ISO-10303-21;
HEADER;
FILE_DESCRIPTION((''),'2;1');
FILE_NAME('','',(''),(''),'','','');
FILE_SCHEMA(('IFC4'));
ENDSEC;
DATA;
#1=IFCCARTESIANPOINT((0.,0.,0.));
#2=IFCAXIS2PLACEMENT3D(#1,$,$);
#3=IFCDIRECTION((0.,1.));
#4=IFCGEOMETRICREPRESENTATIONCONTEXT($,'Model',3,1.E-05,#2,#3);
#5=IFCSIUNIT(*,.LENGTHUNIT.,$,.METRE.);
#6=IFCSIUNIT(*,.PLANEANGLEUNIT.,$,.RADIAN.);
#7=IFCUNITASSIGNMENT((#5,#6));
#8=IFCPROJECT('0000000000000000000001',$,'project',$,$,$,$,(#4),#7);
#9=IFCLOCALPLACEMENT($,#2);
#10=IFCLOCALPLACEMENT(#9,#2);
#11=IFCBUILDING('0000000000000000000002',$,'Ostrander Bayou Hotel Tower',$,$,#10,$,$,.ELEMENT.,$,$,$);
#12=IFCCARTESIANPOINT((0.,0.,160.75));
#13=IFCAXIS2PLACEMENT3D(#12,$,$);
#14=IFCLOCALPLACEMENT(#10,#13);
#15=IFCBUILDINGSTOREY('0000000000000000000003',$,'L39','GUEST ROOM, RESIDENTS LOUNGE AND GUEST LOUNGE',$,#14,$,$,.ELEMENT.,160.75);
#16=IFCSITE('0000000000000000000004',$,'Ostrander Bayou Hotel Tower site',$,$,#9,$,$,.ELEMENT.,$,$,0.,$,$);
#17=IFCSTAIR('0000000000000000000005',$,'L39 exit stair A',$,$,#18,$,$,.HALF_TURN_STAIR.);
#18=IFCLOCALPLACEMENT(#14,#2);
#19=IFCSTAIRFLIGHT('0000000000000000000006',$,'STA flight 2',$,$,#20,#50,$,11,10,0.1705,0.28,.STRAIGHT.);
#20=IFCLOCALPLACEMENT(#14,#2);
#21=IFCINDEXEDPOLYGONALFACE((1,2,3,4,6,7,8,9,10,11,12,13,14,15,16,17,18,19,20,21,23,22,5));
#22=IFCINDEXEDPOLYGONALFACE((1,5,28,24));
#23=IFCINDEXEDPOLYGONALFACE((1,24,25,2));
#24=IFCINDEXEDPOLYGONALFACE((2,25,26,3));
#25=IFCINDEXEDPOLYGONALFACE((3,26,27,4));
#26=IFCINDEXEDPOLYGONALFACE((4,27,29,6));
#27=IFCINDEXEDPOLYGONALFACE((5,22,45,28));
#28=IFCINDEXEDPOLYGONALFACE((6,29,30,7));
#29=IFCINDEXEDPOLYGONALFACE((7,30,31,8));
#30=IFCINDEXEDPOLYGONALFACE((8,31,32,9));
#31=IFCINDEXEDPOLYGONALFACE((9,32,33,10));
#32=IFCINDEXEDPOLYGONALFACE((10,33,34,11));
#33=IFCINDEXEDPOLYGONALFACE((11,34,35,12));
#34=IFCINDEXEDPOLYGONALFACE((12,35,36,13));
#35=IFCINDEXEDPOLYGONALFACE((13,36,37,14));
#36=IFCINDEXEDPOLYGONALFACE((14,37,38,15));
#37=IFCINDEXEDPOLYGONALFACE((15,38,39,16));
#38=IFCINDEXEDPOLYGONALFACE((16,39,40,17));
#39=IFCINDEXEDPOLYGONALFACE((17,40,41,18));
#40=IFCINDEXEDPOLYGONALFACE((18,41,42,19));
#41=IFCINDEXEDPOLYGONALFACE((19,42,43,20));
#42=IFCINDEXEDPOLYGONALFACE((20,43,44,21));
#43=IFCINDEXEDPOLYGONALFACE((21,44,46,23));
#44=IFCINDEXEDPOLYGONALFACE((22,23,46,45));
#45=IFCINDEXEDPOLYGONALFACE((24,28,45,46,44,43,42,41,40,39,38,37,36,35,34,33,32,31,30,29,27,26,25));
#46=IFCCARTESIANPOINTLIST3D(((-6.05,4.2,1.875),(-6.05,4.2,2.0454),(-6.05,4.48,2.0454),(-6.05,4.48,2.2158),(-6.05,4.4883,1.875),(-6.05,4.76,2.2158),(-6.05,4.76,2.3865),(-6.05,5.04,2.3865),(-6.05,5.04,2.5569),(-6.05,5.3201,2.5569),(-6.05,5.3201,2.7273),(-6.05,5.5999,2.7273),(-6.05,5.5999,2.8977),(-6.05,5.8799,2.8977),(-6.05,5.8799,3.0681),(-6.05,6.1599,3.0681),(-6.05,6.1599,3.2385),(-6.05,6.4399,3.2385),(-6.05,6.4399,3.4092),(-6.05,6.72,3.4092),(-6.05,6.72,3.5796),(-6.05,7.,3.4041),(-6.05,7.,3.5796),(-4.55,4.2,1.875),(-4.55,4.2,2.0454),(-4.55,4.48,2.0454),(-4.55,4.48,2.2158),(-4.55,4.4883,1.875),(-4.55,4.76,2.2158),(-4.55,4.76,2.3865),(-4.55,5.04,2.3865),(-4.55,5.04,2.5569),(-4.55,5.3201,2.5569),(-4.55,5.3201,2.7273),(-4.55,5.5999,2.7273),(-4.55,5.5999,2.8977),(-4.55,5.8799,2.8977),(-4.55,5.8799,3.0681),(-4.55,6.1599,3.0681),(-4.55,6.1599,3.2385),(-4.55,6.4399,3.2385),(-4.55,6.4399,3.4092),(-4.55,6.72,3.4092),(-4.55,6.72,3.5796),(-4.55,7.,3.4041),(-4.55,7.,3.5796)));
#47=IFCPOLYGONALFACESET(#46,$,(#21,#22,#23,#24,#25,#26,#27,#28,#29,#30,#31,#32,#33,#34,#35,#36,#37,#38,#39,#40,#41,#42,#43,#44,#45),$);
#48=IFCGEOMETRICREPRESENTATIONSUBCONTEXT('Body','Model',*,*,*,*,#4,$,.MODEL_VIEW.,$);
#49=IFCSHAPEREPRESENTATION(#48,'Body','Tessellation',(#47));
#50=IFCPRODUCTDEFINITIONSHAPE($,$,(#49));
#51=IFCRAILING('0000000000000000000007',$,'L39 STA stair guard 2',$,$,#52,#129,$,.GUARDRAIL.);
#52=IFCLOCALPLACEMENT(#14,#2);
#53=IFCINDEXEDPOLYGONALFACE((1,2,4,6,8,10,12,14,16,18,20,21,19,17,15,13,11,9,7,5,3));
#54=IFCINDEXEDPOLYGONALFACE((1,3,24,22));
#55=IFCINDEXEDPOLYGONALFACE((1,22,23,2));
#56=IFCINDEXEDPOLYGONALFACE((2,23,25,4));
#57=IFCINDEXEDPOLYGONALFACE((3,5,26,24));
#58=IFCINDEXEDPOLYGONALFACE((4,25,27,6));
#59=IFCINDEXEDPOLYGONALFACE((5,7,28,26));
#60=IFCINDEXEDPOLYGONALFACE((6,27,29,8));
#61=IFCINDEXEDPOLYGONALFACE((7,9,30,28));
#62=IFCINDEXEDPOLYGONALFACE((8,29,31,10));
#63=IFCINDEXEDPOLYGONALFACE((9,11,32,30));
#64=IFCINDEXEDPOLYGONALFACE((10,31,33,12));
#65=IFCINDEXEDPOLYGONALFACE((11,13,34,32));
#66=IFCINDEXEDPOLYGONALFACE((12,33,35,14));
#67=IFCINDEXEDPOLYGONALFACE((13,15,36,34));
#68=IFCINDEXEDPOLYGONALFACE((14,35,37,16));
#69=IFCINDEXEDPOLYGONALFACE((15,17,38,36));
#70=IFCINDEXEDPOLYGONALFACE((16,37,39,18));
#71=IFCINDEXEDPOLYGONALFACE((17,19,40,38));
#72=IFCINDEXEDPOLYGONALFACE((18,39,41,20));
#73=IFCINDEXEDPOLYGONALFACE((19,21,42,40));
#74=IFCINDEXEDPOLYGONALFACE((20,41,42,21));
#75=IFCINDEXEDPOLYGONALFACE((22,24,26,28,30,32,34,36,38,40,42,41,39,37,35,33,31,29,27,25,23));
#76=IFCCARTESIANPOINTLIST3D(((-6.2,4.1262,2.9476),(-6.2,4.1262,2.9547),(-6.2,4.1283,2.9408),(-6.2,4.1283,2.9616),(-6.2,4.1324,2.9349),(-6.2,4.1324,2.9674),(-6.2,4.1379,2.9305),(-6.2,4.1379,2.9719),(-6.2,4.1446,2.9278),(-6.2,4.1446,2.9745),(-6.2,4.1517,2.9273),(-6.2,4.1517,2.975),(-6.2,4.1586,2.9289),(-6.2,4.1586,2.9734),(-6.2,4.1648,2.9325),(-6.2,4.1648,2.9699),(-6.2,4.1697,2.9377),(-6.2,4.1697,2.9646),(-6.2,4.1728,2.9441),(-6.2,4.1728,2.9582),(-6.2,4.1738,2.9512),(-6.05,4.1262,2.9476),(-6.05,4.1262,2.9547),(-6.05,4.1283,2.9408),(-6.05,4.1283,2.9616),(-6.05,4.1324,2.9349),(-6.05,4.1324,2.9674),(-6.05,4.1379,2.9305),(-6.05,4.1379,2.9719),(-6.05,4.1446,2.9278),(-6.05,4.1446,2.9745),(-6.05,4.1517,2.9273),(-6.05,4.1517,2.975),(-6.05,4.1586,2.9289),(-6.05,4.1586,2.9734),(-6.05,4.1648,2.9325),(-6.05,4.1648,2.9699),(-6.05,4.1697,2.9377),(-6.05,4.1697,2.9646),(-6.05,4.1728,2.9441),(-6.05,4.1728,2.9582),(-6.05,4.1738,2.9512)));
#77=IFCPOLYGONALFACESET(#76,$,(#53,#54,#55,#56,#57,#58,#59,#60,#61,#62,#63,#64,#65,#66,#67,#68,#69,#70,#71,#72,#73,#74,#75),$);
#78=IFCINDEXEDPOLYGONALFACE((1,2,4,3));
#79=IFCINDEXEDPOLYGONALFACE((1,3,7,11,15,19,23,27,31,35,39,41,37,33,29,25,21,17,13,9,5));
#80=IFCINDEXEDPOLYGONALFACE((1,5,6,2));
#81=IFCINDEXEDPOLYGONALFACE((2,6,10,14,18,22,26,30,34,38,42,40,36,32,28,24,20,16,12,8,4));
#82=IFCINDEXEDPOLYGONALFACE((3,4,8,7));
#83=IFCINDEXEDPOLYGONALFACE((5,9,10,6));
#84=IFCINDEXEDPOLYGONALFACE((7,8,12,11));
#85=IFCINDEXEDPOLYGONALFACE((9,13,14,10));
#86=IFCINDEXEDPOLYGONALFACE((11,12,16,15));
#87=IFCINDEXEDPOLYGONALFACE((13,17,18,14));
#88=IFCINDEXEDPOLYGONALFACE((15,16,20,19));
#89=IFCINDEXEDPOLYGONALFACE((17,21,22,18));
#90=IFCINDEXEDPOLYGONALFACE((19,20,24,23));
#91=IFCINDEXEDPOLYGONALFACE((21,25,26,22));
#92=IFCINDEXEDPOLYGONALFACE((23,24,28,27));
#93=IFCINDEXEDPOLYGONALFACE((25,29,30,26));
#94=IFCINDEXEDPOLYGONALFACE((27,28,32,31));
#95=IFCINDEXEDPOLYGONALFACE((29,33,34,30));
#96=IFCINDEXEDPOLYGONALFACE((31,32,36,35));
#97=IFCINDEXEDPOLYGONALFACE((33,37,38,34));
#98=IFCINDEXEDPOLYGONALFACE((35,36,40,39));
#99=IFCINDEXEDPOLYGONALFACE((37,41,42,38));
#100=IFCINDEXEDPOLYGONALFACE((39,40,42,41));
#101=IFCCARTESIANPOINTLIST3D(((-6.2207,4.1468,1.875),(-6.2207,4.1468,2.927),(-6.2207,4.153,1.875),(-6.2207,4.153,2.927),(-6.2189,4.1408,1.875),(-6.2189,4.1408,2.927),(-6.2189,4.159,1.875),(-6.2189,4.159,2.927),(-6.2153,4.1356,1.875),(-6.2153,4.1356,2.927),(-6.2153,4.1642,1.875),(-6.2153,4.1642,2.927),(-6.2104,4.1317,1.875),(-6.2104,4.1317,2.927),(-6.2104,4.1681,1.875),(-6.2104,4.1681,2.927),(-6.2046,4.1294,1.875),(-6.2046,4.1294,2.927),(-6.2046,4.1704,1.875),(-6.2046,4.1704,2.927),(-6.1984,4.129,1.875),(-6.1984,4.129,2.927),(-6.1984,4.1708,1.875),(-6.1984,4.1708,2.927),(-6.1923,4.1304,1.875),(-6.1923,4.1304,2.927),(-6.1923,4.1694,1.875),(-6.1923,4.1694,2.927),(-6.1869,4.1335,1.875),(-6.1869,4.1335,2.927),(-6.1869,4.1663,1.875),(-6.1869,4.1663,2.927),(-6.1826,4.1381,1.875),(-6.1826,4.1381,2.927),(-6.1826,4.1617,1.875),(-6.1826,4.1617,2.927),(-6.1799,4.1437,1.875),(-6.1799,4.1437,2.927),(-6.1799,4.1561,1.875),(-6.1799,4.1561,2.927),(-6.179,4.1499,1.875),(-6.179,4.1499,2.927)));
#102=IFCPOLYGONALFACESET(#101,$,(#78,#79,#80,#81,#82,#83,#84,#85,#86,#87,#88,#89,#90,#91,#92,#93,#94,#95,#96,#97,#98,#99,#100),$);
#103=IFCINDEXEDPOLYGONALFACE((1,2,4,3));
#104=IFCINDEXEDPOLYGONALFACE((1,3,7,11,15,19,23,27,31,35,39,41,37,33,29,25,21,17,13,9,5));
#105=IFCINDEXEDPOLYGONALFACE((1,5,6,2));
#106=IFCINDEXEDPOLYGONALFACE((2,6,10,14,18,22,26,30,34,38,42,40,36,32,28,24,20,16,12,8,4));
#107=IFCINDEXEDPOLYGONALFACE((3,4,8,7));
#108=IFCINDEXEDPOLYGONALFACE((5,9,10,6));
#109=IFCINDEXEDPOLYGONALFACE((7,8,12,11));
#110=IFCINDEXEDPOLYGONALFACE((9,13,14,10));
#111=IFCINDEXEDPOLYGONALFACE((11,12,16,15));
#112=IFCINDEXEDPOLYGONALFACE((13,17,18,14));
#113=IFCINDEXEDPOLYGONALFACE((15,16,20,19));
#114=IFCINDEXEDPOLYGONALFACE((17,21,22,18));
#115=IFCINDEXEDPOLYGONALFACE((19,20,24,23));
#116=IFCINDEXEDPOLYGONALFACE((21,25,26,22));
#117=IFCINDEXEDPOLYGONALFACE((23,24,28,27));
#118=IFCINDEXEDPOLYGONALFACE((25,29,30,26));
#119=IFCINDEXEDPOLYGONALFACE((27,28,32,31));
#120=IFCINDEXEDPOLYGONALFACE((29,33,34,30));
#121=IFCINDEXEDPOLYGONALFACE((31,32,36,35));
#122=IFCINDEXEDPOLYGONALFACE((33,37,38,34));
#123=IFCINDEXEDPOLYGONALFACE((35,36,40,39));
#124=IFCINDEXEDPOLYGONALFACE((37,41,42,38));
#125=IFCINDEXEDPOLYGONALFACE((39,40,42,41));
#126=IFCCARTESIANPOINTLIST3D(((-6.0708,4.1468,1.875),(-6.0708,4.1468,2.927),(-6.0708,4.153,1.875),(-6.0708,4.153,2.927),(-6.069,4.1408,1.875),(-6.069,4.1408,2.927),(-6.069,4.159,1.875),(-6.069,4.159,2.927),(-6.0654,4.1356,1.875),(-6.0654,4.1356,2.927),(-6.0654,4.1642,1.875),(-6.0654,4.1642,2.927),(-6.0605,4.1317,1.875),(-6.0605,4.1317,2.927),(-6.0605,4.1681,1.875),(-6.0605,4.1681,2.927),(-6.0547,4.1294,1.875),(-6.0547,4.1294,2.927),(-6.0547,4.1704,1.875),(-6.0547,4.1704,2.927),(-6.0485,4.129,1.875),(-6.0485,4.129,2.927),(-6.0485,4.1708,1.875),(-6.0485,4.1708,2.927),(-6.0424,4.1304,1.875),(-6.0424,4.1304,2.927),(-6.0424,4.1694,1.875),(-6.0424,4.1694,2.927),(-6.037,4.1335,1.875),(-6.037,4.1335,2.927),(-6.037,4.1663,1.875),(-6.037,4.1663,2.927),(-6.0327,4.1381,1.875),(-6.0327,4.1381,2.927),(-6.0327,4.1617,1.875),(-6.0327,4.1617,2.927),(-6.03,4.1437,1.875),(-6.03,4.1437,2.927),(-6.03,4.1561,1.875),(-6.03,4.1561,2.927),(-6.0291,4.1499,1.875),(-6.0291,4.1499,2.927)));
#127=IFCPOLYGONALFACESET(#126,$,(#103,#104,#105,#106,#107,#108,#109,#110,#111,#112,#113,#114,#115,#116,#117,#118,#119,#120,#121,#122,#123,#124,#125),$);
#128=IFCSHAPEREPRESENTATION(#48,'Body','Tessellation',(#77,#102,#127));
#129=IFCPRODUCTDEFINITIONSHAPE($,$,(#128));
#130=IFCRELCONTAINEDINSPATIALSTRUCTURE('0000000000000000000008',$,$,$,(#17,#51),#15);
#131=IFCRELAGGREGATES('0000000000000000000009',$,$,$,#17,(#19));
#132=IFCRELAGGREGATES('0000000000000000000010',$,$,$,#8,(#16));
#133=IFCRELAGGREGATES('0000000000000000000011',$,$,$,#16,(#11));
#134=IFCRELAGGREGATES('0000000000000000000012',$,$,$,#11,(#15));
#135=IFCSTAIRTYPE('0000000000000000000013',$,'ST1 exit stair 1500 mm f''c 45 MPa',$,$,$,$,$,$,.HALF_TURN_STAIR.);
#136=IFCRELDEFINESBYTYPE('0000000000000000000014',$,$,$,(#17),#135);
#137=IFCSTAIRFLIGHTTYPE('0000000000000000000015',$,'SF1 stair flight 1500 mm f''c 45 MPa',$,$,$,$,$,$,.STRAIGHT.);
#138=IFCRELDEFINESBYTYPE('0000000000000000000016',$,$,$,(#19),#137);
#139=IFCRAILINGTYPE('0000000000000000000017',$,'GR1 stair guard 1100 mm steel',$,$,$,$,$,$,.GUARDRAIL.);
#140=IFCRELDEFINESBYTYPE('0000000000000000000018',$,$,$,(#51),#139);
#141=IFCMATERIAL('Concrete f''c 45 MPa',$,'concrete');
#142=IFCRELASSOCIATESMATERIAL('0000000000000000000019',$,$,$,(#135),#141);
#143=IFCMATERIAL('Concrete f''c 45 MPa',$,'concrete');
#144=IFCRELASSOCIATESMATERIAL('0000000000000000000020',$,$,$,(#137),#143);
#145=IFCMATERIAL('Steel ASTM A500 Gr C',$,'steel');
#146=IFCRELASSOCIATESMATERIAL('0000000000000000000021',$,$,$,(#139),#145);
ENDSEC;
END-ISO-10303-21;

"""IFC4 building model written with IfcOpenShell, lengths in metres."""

from ifc_helpers import new_model, si_unit, direction, frame, origin, origin_2d, place, context, subcontext, project, spatial, polyline, circle, outline, extrude, material, type_object, element, aggregate, save


model = new_model("IFC4")

# Units and contexts
model_context = context("Model", 3, precision=1e-05, world=origin(), true_north=direction((0.0, 1.0)))
body_context = subcontext(model_context, "Body", "Model", "MODEL_VIEW")
ifc_project = project(units=[si_unit("LENGTHUNIT", "METRE"), si_unit("PLANEANGLEUNIT", "RADIAN")], contexts=[model_context])

# Site, building, storey
site_placement = place(None, origin())
site = spatial("IfcSite", under=ifc_project, at=site_placement, Name="Ostrander Bayou Hotel Tower site", CompositionType="ELEMENT", RefElevation=0.0)
building_placement = place(site_placement, origin())
building = spatial("IfcBuilding", under=site, at=building_placement, Name="Ostrander Bayou Hotel Tower", CompositionType="ELEMENT")
storey_placement = place(building_placement, frame((0.0, 0.0, 160.75)))
storey = spatial("IfcBuildingStorey", under=building, at=storey_placement, Name="L39", Description="GUEST ROOM, RESIDENTS LOUNGE AND GUEST LOUNGE", CompositionType="ELEMENT", Elevation=160.75)

# Stair, stair flight
ifc_material_1 = material(Name="Concrete f'c 45 MPa", Category="concrete")
stair_type = type_object("IfcStairType", Name="ST1 exit stair 1500 mm f'c 45 MPa", PredefinedType="HALF_TURN_STAIR", material=ifc_material_1)
stair_placement = place(storey_placement, origin())
stair = element("IfcStair", 1, at=stair_placement, inside=storey, type_object=stair_type, Name="L39 exit stair A", PredefinedType="HALF_TURN_STAIR")
ifc_material_2 = material(Name="Concrete f'c 45 MPa", Category="concrete")
stair_flight_type = type_object("IfcStairFlightType", Name="SF1 stair flight 1500 mm f'c 45 MPa", PredefinedType="STRAIGHT", material=ifc_material_2)
stair_flight_placement = place(storey_placement, frame((-5.3, 4.2, 1.875), z_axis=(0.0, 0.0, 1.0), x_axis=(0.0, 1.0, 0.0)))
stair_flight = element("IfcStairFlight", 2, at=stair_flight_placement, type_object=stair_flight_type, Name="STA flight 2", NumberOfRisers=11, NumberOfTreads=10, PredefinedType="STRAIGHT", RiserHeight=0.1705, TreadLength=0.28, context=body_context, shape_type="SweptSolid", body=[
    extrude(outline(polyline([(0.0, 0.0), (0.0, 0.1704), (0.28, 0.1704), (0.28, 0.3408), (0.5601, 0.3408), (0.5601, 0.5115), (0.8401, 0.5115), (0.8401, 0.6819), (1.1201, 0.6819), (1.1201, 0.8523), (1.3999, 0.8523), (1.3999, 1.0227), (1.6799, 1.0227), (1.6799, 1.1931), (1.96, 1.1931), (1.96, 1.3635), (2.24, 1.3635), (2.24, 1.5342), (2.52, 1.5342), (2.52, 1.7046), (2.8, 1.7046), (2.8, 1.875), (2.8, 1.5291), (0.2883, 0.0), (0.0, 0.0)])), frame((0.0, 0.75, 0.0), z_axis=(0.0, -1.0, 0.0), x_axis=(1.0, 0.0, 0.0)), (0.0, 0.0, 1.0), 1.5),
])
aggregate(stair, [stair_flight])

# Railing
ifc_material_3 = material(Name="Steel ASTM A500 Gr C", Category="steel")
railing_type_1 = type_object("IfcRailingType", Name="GR1 stair guard 1100 mm steel", PredefinedType="GUARDRAIL", material=ifc_material_3)
railing_1_placement = place(storey_placement, frame((-6.2, 4.1499, 1.875)))
element("IfcRailing", 3, at=railing_1_placement, inside=storey, type_object=railing_type_1, Name="L39 STA stair guard 2", PredefinedType="GUARDRAIL", context=body_context, shape_type="SweptSolid", body=[
    extrude(circle(Radius=0.0239, at=origin_2d()), frame((0.0, 0.0, 1.0762), z_axis=(1.0, 0.0, 0.0), x_axis=(0.0, 1.0, 0.0)), (0.0, 0.0, 1.0), 0.1499),
    extrude(circle(Radius=0.021, at=origin_2d()), origin(), (0.0, 0.0, 1.0), 1.052),
    extrude(circle(Radius=0.021, at=origin_2d()), frame((0.1499, 0.0, 0.0)), (0.0, 0.0, 1.0), 1.052),
])

save(model, "model.ifc")
